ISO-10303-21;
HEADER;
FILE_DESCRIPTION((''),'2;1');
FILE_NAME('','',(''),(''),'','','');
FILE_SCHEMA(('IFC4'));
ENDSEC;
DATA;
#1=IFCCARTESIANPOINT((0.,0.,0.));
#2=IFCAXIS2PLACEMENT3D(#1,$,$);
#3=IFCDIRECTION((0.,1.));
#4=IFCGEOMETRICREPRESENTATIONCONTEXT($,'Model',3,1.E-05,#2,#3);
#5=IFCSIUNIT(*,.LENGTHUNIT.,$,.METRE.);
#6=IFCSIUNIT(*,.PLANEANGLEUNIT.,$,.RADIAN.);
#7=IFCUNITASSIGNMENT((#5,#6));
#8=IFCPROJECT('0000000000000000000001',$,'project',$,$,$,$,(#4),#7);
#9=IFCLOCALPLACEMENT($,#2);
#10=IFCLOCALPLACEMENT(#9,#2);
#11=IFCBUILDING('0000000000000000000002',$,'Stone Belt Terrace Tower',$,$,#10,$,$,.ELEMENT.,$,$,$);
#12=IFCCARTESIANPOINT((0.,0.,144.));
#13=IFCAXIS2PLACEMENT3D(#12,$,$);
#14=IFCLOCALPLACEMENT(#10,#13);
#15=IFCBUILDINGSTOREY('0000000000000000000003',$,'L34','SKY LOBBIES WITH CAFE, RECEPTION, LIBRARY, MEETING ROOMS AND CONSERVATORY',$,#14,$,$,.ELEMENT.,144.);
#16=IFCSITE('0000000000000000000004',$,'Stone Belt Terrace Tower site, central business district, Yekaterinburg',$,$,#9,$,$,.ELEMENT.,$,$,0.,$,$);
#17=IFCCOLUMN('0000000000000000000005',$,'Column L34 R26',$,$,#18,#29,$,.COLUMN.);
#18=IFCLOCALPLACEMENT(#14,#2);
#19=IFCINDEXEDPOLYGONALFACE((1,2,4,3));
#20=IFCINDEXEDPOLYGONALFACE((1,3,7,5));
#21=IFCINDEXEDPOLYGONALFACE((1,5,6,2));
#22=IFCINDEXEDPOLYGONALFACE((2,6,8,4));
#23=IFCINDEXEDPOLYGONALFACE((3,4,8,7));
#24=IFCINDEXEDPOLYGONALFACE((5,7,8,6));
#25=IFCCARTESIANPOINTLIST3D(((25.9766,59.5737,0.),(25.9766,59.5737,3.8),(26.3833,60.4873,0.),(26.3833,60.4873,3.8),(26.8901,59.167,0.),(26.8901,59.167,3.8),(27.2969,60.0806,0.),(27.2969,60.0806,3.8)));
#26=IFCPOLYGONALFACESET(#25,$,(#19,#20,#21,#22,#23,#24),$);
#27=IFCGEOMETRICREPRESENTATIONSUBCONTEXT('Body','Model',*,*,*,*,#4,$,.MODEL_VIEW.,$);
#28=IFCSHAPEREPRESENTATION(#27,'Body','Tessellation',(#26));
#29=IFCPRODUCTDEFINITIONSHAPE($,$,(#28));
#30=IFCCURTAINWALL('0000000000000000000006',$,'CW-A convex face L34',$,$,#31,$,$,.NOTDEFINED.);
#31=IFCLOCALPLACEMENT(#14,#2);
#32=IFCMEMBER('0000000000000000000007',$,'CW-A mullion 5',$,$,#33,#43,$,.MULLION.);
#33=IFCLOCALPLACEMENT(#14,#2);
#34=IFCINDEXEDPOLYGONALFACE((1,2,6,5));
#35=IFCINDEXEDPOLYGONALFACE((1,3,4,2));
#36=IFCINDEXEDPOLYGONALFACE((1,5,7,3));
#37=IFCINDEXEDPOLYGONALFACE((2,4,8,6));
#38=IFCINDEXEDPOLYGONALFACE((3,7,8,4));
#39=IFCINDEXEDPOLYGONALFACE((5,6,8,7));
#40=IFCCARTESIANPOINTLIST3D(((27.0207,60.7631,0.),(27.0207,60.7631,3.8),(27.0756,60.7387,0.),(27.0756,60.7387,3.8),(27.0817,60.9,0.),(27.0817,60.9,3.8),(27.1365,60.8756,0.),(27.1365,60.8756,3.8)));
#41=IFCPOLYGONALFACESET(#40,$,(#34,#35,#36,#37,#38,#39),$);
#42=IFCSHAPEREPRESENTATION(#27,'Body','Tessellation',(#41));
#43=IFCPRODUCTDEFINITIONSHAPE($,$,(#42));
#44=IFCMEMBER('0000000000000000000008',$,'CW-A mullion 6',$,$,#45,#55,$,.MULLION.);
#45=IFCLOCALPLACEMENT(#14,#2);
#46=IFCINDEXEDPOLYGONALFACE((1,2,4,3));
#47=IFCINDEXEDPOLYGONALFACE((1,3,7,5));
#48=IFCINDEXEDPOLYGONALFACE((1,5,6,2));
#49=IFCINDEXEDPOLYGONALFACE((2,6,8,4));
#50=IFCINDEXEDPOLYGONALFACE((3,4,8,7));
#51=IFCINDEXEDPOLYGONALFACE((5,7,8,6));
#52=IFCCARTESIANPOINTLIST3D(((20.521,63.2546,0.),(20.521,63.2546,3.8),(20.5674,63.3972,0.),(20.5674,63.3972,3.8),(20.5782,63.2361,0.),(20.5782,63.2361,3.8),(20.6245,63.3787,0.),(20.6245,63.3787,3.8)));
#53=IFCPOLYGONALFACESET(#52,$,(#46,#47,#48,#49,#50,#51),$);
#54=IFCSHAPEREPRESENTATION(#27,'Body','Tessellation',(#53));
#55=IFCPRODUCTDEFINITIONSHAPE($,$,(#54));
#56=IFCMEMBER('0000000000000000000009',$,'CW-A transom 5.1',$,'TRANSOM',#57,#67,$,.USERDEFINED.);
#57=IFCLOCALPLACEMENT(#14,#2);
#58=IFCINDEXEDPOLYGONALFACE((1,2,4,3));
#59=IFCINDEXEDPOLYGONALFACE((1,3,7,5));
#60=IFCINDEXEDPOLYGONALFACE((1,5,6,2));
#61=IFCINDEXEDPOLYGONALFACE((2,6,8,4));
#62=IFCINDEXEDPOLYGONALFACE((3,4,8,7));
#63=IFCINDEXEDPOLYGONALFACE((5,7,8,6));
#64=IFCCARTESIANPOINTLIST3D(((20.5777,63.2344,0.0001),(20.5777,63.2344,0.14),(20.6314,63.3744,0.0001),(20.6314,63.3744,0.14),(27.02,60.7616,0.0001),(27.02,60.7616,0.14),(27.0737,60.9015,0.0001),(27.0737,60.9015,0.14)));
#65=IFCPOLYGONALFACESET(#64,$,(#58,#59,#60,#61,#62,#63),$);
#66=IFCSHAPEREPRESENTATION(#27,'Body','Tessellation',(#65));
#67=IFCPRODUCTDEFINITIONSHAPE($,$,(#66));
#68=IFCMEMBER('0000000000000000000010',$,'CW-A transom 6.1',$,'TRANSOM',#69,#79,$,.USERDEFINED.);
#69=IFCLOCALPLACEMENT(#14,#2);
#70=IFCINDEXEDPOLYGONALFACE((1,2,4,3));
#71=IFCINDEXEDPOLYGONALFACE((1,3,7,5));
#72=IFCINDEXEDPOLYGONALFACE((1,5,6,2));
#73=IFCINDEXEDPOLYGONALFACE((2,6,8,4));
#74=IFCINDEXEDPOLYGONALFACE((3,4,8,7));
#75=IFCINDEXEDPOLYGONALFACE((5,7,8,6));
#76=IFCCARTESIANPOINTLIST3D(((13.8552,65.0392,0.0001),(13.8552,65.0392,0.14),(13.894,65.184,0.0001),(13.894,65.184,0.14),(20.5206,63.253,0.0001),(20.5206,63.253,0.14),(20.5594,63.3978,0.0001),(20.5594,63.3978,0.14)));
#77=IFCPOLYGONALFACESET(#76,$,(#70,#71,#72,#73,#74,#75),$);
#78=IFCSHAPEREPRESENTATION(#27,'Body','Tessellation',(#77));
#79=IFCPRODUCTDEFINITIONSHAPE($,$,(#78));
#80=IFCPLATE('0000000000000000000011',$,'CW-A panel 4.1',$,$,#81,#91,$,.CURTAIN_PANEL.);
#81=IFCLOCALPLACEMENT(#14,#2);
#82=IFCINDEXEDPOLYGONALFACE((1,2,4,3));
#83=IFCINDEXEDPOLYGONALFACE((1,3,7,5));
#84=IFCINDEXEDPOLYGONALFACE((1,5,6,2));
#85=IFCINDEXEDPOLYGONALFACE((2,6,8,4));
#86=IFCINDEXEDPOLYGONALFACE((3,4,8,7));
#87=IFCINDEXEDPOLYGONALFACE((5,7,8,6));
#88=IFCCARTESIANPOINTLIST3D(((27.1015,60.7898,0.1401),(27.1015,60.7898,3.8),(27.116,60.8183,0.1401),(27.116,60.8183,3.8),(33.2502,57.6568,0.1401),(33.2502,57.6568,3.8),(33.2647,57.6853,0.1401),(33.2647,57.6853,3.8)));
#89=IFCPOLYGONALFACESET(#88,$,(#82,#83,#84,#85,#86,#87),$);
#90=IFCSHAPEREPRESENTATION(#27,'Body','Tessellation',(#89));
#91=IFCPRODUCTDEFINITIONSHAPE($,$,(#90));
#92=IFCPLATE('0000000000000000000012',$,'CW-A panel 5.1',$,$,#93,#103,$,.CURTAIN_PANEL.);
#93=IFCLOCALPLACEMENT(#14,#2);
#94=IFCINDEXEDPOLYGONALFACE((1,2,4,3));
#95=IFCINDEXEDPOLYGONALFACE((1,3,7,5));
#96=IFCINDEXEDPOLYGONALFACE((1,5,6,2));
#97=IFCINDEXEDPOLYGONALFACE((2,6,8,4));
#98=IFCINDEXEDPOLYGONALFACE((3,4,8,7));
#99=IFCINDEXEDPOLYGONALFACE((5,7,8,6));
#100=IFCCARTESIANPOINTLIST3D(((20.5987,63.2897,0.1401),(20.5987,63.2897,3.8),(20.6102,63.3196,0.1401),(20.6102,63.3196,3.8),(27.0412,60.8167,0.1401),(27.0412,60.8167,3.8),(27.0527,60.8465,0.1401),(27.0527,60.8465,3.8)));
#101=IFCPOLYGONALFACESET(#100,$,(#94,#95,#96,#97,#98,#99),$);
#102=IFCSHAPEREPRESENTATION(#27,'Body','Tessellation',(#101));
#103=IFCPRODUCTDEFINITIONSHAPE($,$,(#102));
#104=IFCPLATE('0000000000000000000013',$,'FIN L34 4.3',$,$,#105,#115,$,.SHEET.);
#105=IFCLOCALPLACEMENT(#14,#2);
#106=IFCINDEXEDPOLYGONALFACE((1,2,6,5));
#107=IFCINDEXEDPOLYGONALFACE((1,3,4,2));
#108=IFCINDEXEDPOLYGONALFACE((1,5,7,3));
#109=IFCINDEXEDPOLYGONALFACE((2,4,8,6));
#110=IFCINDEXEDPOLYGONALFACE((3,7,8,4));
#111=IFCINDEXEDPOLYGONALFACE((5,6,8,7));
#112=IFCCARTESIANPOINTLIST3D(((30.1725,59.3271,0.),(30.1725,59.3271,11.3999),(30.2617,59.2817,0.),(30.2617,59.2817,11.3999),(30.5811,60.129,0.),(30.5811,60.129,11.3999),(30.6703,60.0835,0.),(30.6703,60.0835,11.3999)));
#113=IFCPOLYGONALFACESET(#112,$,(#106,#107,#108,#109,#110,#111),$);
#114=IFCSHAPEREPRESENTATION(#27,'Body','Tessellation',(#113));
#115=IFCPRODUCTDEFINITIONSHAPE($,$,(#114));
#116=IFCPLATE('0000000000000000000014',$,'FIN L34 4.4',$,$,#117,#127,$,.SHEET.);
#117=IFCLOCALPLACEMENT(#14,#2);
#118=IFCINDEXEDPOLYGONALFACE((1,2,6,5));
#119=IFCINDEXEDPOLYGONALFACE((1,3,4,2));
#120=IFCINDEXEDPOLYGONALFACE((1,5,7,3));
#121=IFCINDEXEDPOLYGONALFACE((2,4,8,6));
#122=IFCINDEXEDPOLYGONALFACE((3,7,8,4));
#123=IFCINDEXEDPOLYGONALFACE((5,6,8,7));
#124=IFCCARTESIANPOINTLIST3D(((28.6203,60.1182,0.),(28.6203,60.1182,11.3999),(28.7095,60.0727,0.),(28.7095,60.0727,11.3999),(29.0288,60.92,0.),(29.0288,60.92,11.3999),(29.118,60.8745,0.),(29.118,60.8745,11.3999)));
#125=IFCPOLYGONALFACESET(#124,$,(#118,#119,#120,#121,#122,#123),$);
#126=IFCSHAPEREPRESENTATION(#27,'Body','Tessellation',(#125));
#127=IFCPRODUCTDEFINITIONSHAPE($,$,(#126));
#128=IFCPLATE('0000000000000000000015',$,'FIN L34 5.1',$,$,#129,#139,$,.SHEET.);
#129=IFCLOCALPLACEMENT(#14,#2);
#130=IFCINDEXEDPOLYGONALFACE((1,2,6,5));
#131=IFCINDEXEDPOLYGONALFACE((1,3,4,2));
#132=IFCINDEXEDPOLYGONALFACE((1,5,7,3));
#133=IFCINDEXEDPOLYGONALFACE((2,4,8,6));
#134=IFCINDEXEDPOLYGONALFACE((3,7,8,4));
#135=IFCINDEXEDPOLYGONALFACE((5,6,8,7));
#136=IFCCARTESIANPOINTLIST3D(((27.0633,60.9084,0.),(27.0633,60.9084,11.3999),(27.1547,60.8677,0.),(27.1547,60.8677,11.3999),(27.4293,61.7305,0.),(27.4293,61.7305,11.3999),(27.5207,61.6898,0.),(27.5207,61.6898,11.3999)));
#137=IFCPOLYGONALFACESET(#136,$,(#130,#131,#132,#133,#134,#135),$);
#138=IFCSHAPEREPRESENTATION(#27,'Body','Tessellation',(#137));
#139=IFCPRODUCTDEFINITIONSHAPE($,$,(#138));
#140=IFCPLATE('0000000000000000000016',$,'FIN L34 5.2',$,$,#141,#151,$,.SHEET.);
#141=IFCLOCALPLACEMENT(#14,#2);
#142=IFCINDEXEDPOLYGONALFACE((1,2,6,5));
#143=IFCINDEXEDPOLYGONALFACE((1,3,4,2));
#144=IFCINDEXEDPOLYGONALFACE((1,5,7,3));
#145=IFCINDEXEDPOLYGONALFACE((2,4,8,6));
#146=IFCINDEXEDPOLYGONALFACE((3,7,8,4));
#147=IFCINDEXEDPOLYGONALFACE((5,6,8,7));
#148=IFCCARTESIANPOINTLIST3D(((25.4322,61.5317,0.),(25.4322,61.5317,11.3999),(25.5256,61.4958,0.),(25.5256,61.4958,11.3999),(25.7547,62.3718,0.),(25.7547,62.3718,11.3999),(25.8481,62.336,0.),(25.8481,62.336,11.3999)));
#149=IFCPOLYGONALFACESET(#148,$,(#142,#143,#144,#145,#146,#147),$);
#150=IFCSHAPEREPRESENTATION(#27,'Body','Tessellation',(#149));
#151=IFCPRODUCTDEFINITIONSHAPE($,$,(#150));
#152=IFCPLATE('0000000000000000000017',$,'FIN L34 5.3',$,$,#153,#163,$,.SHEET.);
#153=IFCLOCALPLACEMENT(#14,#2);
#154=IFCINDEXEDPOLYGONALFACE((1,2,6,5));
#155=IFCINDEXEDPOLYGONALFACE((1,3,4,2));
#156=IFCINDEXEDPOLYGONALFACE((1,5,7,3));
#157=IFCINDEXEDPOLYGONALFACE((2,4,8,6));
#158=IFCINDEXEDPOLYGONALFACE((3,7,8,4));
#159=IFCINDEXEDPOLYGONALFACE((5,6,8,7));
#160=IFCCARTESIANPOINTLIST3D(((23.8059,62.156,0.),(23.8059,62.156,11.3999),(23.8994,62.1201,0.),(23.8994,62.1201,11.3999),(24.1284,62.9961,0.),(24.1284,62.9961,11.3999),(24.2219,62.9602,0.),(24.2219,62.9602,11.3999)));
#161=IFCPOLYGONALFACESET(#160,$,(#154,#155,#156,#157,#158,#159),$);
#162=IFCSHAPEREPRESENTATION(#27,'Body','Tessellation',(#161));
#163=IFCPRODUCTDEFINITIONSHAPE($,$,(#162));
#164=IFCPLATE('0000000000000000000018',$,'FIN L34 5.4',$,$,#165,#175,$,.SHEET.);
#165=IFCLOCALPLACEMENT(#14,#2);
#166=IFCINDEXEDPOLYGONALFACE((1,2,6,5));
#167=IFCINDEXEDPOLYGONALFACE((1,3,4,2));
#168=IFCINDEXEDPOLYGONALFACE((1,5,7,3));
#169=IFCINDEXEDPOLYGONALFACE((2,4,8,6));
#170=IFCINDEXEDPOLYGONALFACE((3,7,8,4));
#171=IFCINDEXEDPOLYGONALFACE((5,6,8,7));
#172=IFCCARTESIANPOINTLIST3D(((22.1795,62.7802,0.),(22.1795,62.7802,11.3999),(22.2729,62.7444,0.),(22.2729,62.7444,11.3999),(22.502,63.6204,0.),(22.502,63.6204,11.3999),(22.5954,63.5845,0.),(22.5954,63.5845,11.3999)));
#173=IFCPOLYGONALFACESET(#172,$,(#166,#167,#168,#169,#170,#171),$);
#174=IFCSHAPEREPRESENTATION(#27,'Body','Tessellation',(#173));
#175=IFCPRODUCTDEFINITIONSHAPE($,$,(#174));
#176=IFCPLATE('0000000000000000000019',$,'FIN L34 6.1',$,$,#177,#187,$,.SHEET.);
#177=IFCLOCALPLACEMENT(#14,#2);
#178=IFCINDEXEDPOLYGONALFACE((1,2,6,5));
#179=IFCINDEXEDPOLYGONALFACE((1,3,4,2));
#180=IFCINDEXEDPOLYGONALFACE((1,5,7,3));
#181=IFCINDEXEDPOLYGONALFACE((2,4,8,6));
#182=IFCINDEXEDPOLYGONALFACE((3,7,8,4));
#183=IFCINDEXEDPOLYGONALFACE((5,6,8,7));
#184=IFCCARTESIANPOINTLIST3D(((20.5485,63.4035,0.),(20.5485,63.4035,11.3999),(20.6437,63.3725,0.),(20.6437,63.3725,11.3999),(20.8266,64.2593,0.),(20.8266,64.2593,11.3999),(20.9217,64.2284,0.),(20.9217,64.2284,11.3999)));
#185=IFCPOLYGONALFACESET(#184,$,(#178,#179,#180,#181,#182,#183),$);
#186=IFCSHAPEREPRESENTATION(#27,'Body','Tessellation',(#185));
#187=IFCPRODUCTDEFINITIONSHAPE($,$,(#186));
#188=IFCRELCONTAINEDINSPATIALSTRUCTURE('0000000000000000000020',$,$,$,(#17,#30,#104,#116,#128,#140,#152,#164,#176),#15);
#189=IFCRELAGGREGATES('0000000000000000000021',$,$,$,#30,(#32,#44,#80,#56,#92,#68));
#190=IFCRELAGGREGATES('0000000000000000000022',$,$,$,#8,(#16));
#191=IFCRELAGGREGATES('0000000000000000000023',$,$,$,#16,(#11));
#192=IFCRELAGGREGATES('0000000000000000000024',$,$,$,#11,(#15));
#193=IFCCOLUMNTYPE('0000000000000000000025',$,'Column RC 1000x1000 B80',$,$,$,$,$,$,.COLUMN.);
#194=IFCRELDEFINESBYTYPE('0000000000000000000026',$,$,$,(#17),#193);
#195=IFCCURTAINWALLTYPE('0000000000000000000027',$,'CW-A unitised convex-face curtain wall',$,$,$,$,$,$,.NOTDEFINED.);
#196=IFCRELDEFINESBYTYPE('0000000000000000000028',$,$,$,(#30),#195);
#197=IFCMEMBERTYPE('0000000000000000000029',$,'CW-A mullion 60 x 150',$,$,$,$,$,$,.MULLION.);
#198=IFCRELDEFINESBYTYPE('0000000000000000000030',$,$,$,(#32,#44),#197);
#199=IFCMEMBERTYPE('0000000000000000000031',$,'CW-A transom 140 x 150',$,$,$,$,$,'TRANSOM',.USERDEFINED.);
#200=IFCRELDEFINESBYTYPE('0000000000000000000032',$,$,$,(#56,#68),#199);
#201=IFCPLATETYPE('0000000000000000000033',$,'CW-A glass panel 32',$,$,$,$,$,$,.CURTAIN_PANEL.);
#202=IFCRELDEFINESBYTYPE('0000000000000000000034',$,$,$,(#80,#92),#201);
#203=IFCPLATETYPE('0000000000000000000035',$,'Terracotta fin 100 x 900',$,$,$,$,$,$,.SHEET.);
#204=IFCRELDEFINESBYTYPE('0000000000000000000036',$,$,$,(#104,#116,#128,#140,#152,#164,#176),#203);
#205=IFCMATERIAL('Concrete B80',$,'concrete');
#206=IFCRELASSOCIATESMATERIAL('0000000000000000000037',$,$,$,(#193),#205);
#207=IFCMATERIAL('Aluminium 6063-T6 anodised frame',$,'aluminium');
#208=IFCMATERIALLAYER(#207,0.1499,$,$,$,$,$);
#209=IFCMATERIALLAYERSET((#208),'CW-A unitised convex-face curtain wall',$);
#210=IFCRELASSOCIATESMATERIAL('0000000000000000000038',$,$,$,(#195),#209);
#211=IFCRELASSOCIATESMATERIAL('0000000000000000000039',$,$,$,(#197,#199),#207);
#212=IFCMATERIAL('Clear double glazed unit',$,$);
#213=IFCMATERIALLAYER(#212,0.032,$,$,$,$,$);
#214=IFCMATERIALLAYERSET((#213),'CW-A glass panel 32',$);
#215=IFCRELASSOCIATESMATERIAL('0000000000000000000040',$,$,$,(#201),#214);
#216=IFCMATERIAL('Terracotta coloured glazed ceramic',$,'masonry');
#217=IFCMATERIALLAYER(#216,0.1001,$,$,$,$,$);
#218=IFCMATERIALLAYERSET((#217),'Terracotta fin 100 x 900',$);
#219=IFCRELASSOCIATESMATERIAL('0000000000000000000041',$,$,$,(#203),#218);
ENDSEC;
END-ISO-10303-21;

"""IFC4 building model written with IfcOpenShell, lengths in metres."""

from ifc_helpers import new_model, si_unit, direction, frame, origin, origin_2d, place, context, subcontext, project, spatial, rectangle, extrude, material, layer, layer_set, material_profile, profile_set, type_object, element, aggregate, save


model = new_model("IFC4")

# Units and contexts
model_context = context("Model", 3, precision=1e-05, world=origin(), true_north=direction((0.0, 1.0)))
body_context = subcontext(model_context, "Body", "Model", "MODEL_VIEW")
ifc_project = project(units=[si_unit("LENGTHUNIT", "METRE"), si_unit("PLANEANGLEUNIT", "RADIAN")], contexts=[model_context])

# Site, building, storey
site_placement = place(None, origin())
site = spatial("IfcSite", under=ifc_project, at=site_placement, Name="Stone Belt Terrace Tower site, central business district, Yekaterinburg", CompositionType="ELEMENT", RefElevation=0.0)
building_placement = place(site_placement, origin())
building = spatial("IfcBuilding", under=site, at=building_placement, Name="Stone Belt Terrace Tower", CompositionType="ELEMENT")
storey_placement = place(building_placement, frame((0.0, 0.0, 144.0)))
storey = spatial("IfcBuildingStorey", under=building, at=storey_placement, Name="L34", Description="SKY LOBBIES WITH CAFE, RECEPTION, LIBRARY, MEETING ROOMS AND CONSERVATORY", CompositionType="ELEMENT", Elevation=144.0)

# Column
ifc_material_1 = material(Name="Concrete B80", Category="concrete")
ifc_material_profile_1 = material_profile(ifc_material_1, rectangle(XDim=1.0, YDim=1.0, at=origin_2d()), Name="RC 1000x1000")
ifc_profile_set_1 = profile_set([ifc_material_profile_1], Name="Concrete B80")
column_type = type_object("IfcColumnType", Name="Column RC 1000x1000 B80", PredefinedType="COLUMN", material=ifc_profile_set_1)
column_placement = place(storey_placement, frame((26.6367, 59.8271, 0.0), z_axis=(0.0, 0.0, 1.0), x_axis=(0.913545, -0.406737, 0.0)))
element("IfcColumn", 1, at=column_placement, inside=storey, type_object=column_type, Name="Column L34 R26", PredefinedType="COLUMN", context=body_context, shape_type="SweptSolid", body=[
    extrude(rectangle(XDim=1.0, YDim=1.0, at=origin_2d()), origin(), (0.0, 0.0, 1.0), 3.8),
])

# Curtain wall, members, plates
ifc_material_2 = material(Name="Aluminium 6063-T6 anodised frame", Category="aluminium")
ifc_layer_1 = layer(ifc_material_2, 0.1499)
ifc_layer_set_1 = layer_set([ifc_layer_1], Name="CW-A unitised convex-face curtain wall")
curtain_wall_type = type_object("IfcCurtainWallType", Name="CW-A unitised convex-face curtain wall", PredefinedType="NOTDEFINED", material=ifc_layer_set_1)
curtain_wall_placement = place(storey_placement, origin())
curtain_wall = element("IfcCurtainWall", 2, at=curtain_wall_placement, inside=storey, type_object=curtain_wall_type, Name="CW-A convex face L34", PredefinedType="NOTDEFINED")
ifc_material_profile_2 = material_profile(ifc_material_2, rectangle(XDim=0.1499, YDim=0.0601, at=origin_2d()), Name="Aluminium 6063-T6 60x150")
ifc_profile_set_2 = profile_set([ifc_material_profile_2], Name="Aluminium 6063-T6 anodised frame")
member_type_1 = type_object("IfcMemberType", Name="CW-A mullion 60 x 150", PredefinedType="MULLION", material=ifc_profile_set_2)
member_1_placement = place(storey_placement, frame((27.0786, 60.8193, 0.0), z_axis=(0.0, 0.0, 1.0), x_axis=(-0.406737, -0.913545, 0.0)))
member_1 = element("IfcMember", 3, at=member_1_placement, type_object=member_type_1, Name="CW-A mullion 5", PredefinedType="MULLION", context=body_context, shape_type="SweptSolid", body=[
    extrude(rectangle(XDim=0.1499, YDim=0.0601, at=origin_2d()), origin(), (0.0, 0.0, 1.0), 3.8),
])
member_2_placement = place(storey_placement, frame((20.5728, 63.3167, 0.0), z_axis=(0.0, 0.0, 1.0), x_axis=(-0.309017, -0.951057, 0.0)))
member_2 = element("IfcMember", 4, at=member_2_placement, type_object=member_type_1, Name="CW-A mullion 6", PredefinedType="MULLION", context=body_context, shape_type="SweptSolid", body=[
    extrude(rectangle(XDim=0.1499, YDim=0.0601, at=origin_2d()), origin(), (0.0, 0.0, 1.0), 3.8),
])
ifc_material_profile_3 = material_profile(ifc_material_2, rectangle(XDim=0.1499, YDim=0.1399, at=origin_2d()), Name="Aluminium 6063-T6 150x140")
ifc_profile_set_3 = profile_set([ifc_material_profile_3], Name="Aluminium 6063-T6 anodised frame")
member_type_2 = type_object("IfcMemberType", Name="CW-A transom 140 x 150", ElementType="TRANSOM", PredefinedType="USERDEFINED", material=ifc_profile_set_3)
member_3_placement = place(storey_placement, frame((27.0469, 60.8315, 0.0701), z_axis=(-0.933585, 0.358355, 0.0), x_axis=(-0.358355, -0.933585, 0.0)))
member_3 = element("IfcMember", 5, at=member_3_placement, type_object=member_type_2, Name="CW-A transom 5.1", ObjectType="TRANSOM", PredefinedType="USERDEFINED", context=body_context, shape_type="SweptSolid", body=[
    extrude(rectangle(XDim=0.1499, YDim=0.1399, at=origin_2d()), origin(), (0.0, 0.0, 1.0), 6.9006),
])
member_4_placement = place(storey_placement, frame((20.54, 63.3254, 0.0701), z_axis=(-0.965922, 0.258834, 0.0), x_axis=(-0.258834, -0.965922, 0.0)))
member_4 = element("IfcMember", 6, at=member_4_placement, type_object=member_type_2, Name="CW-A transom 6.1", ObjectType="TRANSOM", PredefinedType="USERDEFINED", context=body_context, shape_type="SweptSolid", body=[
    extrude(rectangle(XDim=0.1499, YDim=0.1399, at=origin_2d()), origin(), (0.0, 0.0, 1.0), 6.9006),
])
ifc_material_3 = material(Name="Clear double glazed unit")
ifc_layer_2 = layer(ifc_material_3, 0.032)
ifc_layer_set_2 = layer_set([ifc_layer_2], Name="CW-A glass panel 32")
plate_type_1 = type_object("IfcPlateType", Name="CW-A glass panel 32", PredefinedType="CURTAIN_PANEL", material=ifc_layer_set_2)
plate_1_placement = place(storey_placement, frame((30.1831, 59.2375, 0.1401), z_axis=(0.0, 0.0, 1.0), x_axis=(-0.891007, 0.45399, 0.0)))
plate_1 = element("IfcPlate", 7, at=plate_1_placement, type_object=plate_type_1, Name="CW-A panel 4.1", PredefinedType="CURTAIN_PANEL", context=body_context, shape_type="SweptSolid", body=[
    extrude(rectangle(XDim=6.9009, YDim=0.032, at=origin_2d()), origin(), (0.0, 0.0, 1.0), 3.6599),
])
plate_2_placement = place(storey_placement, frame((23.8257, 62.0681, 0.1401), z_axis=(0.0, 0.0, 1.0), x_axis=(-0.93358, 0.358368, 0.0)))
plate_2 = element("IfcPlate", 8, at=plate_2_placement, type_object=plate_type_1, Name="CW-A panel 5.1", PredefinedType="CURTAIN_PANEL", context=body_context, shape_type="SweptSolid", body=[
    extrude(rectangle(XDim=6.9009, YDim=0.032, at=origin_2d()), origin(), (0.0, 0.0, 1.0), 3.6599),
])
aggregate(curtain_wall, [member_1, member_2, plate_1, member_3, plate_2, member_4])

# Plates
ifc_material_4 = material(Name="Terracotta coloured glazed ceramic", Category="masonry")
ifc_layer_3 = layer(ifc_material_4, 0.1001)
ifc_layer_set_3 = layer_set([ifc_layer_3], Name="Terracotta fin 100 x 900")
plate_type_2 = type_object("IfcPlateType", Name="Terracotta fin 100 x 900", PredefinedType="SHEET", material=ifc_layer_set_3)
for number, where, z_axis, x_axis, name in (
    (9, (30.4214, 59.7053, 0.0), (0.0, 0.0, 1.0), (0.45399, 0.891007, 0.0), "FIN L34 4.3"),
    (10, (28.8691, 60.4963, 0.0), (0.0, 0.0, 1.0), (0.45399, 0.891007, 0.0), "FIN L34 4.4"),
    (11, (27.292, 61.2991, 0.0), (0.0, 0.0, 1.0), (0.406737, 0.913545, 0.0), "FIN L34 5.1"),
    (12, (25.6401, 61.9338, 0.0), (0.0, 0.0, 1.0), (0.358368, 0.93358, 0.0), "FIN L34 5.2"),
    (13, (24.0139, 62.5581, 0.0), (0.0, 0.0, 1.0), (0.358368, 0.93358, 0.0), "FIN L34 5.3"),
    (14, (22.3875, 63.1824, 0.0), (0.0, 0.0, 1.0), (0.358368, 0.93358, 0.0), "FIN L34 5.4"),
    (15, (20.7351, 63.8159, 0.0), (0.0, 0.0, 1.0), (0.309017, 0.951057, 0.0), "FIN L34 6.1"),
):
    element("IfcPlate", number, at=place(storey_placement, frame(where, z_axis=z_axis, x_axis=x_axis)), inside=storey, type_object=plate_type_2, Name=name, PredefinedType="SHEET", context=body_context, shape_type="SweptSolid", body=[
        extrude(rectangle(XDim=0.8999, YDim=0.1001, at=origin_2d()), origin(), (0.0, 0.0, 1.0), 11.3999),
    ])

save(model, "model.ifc")
